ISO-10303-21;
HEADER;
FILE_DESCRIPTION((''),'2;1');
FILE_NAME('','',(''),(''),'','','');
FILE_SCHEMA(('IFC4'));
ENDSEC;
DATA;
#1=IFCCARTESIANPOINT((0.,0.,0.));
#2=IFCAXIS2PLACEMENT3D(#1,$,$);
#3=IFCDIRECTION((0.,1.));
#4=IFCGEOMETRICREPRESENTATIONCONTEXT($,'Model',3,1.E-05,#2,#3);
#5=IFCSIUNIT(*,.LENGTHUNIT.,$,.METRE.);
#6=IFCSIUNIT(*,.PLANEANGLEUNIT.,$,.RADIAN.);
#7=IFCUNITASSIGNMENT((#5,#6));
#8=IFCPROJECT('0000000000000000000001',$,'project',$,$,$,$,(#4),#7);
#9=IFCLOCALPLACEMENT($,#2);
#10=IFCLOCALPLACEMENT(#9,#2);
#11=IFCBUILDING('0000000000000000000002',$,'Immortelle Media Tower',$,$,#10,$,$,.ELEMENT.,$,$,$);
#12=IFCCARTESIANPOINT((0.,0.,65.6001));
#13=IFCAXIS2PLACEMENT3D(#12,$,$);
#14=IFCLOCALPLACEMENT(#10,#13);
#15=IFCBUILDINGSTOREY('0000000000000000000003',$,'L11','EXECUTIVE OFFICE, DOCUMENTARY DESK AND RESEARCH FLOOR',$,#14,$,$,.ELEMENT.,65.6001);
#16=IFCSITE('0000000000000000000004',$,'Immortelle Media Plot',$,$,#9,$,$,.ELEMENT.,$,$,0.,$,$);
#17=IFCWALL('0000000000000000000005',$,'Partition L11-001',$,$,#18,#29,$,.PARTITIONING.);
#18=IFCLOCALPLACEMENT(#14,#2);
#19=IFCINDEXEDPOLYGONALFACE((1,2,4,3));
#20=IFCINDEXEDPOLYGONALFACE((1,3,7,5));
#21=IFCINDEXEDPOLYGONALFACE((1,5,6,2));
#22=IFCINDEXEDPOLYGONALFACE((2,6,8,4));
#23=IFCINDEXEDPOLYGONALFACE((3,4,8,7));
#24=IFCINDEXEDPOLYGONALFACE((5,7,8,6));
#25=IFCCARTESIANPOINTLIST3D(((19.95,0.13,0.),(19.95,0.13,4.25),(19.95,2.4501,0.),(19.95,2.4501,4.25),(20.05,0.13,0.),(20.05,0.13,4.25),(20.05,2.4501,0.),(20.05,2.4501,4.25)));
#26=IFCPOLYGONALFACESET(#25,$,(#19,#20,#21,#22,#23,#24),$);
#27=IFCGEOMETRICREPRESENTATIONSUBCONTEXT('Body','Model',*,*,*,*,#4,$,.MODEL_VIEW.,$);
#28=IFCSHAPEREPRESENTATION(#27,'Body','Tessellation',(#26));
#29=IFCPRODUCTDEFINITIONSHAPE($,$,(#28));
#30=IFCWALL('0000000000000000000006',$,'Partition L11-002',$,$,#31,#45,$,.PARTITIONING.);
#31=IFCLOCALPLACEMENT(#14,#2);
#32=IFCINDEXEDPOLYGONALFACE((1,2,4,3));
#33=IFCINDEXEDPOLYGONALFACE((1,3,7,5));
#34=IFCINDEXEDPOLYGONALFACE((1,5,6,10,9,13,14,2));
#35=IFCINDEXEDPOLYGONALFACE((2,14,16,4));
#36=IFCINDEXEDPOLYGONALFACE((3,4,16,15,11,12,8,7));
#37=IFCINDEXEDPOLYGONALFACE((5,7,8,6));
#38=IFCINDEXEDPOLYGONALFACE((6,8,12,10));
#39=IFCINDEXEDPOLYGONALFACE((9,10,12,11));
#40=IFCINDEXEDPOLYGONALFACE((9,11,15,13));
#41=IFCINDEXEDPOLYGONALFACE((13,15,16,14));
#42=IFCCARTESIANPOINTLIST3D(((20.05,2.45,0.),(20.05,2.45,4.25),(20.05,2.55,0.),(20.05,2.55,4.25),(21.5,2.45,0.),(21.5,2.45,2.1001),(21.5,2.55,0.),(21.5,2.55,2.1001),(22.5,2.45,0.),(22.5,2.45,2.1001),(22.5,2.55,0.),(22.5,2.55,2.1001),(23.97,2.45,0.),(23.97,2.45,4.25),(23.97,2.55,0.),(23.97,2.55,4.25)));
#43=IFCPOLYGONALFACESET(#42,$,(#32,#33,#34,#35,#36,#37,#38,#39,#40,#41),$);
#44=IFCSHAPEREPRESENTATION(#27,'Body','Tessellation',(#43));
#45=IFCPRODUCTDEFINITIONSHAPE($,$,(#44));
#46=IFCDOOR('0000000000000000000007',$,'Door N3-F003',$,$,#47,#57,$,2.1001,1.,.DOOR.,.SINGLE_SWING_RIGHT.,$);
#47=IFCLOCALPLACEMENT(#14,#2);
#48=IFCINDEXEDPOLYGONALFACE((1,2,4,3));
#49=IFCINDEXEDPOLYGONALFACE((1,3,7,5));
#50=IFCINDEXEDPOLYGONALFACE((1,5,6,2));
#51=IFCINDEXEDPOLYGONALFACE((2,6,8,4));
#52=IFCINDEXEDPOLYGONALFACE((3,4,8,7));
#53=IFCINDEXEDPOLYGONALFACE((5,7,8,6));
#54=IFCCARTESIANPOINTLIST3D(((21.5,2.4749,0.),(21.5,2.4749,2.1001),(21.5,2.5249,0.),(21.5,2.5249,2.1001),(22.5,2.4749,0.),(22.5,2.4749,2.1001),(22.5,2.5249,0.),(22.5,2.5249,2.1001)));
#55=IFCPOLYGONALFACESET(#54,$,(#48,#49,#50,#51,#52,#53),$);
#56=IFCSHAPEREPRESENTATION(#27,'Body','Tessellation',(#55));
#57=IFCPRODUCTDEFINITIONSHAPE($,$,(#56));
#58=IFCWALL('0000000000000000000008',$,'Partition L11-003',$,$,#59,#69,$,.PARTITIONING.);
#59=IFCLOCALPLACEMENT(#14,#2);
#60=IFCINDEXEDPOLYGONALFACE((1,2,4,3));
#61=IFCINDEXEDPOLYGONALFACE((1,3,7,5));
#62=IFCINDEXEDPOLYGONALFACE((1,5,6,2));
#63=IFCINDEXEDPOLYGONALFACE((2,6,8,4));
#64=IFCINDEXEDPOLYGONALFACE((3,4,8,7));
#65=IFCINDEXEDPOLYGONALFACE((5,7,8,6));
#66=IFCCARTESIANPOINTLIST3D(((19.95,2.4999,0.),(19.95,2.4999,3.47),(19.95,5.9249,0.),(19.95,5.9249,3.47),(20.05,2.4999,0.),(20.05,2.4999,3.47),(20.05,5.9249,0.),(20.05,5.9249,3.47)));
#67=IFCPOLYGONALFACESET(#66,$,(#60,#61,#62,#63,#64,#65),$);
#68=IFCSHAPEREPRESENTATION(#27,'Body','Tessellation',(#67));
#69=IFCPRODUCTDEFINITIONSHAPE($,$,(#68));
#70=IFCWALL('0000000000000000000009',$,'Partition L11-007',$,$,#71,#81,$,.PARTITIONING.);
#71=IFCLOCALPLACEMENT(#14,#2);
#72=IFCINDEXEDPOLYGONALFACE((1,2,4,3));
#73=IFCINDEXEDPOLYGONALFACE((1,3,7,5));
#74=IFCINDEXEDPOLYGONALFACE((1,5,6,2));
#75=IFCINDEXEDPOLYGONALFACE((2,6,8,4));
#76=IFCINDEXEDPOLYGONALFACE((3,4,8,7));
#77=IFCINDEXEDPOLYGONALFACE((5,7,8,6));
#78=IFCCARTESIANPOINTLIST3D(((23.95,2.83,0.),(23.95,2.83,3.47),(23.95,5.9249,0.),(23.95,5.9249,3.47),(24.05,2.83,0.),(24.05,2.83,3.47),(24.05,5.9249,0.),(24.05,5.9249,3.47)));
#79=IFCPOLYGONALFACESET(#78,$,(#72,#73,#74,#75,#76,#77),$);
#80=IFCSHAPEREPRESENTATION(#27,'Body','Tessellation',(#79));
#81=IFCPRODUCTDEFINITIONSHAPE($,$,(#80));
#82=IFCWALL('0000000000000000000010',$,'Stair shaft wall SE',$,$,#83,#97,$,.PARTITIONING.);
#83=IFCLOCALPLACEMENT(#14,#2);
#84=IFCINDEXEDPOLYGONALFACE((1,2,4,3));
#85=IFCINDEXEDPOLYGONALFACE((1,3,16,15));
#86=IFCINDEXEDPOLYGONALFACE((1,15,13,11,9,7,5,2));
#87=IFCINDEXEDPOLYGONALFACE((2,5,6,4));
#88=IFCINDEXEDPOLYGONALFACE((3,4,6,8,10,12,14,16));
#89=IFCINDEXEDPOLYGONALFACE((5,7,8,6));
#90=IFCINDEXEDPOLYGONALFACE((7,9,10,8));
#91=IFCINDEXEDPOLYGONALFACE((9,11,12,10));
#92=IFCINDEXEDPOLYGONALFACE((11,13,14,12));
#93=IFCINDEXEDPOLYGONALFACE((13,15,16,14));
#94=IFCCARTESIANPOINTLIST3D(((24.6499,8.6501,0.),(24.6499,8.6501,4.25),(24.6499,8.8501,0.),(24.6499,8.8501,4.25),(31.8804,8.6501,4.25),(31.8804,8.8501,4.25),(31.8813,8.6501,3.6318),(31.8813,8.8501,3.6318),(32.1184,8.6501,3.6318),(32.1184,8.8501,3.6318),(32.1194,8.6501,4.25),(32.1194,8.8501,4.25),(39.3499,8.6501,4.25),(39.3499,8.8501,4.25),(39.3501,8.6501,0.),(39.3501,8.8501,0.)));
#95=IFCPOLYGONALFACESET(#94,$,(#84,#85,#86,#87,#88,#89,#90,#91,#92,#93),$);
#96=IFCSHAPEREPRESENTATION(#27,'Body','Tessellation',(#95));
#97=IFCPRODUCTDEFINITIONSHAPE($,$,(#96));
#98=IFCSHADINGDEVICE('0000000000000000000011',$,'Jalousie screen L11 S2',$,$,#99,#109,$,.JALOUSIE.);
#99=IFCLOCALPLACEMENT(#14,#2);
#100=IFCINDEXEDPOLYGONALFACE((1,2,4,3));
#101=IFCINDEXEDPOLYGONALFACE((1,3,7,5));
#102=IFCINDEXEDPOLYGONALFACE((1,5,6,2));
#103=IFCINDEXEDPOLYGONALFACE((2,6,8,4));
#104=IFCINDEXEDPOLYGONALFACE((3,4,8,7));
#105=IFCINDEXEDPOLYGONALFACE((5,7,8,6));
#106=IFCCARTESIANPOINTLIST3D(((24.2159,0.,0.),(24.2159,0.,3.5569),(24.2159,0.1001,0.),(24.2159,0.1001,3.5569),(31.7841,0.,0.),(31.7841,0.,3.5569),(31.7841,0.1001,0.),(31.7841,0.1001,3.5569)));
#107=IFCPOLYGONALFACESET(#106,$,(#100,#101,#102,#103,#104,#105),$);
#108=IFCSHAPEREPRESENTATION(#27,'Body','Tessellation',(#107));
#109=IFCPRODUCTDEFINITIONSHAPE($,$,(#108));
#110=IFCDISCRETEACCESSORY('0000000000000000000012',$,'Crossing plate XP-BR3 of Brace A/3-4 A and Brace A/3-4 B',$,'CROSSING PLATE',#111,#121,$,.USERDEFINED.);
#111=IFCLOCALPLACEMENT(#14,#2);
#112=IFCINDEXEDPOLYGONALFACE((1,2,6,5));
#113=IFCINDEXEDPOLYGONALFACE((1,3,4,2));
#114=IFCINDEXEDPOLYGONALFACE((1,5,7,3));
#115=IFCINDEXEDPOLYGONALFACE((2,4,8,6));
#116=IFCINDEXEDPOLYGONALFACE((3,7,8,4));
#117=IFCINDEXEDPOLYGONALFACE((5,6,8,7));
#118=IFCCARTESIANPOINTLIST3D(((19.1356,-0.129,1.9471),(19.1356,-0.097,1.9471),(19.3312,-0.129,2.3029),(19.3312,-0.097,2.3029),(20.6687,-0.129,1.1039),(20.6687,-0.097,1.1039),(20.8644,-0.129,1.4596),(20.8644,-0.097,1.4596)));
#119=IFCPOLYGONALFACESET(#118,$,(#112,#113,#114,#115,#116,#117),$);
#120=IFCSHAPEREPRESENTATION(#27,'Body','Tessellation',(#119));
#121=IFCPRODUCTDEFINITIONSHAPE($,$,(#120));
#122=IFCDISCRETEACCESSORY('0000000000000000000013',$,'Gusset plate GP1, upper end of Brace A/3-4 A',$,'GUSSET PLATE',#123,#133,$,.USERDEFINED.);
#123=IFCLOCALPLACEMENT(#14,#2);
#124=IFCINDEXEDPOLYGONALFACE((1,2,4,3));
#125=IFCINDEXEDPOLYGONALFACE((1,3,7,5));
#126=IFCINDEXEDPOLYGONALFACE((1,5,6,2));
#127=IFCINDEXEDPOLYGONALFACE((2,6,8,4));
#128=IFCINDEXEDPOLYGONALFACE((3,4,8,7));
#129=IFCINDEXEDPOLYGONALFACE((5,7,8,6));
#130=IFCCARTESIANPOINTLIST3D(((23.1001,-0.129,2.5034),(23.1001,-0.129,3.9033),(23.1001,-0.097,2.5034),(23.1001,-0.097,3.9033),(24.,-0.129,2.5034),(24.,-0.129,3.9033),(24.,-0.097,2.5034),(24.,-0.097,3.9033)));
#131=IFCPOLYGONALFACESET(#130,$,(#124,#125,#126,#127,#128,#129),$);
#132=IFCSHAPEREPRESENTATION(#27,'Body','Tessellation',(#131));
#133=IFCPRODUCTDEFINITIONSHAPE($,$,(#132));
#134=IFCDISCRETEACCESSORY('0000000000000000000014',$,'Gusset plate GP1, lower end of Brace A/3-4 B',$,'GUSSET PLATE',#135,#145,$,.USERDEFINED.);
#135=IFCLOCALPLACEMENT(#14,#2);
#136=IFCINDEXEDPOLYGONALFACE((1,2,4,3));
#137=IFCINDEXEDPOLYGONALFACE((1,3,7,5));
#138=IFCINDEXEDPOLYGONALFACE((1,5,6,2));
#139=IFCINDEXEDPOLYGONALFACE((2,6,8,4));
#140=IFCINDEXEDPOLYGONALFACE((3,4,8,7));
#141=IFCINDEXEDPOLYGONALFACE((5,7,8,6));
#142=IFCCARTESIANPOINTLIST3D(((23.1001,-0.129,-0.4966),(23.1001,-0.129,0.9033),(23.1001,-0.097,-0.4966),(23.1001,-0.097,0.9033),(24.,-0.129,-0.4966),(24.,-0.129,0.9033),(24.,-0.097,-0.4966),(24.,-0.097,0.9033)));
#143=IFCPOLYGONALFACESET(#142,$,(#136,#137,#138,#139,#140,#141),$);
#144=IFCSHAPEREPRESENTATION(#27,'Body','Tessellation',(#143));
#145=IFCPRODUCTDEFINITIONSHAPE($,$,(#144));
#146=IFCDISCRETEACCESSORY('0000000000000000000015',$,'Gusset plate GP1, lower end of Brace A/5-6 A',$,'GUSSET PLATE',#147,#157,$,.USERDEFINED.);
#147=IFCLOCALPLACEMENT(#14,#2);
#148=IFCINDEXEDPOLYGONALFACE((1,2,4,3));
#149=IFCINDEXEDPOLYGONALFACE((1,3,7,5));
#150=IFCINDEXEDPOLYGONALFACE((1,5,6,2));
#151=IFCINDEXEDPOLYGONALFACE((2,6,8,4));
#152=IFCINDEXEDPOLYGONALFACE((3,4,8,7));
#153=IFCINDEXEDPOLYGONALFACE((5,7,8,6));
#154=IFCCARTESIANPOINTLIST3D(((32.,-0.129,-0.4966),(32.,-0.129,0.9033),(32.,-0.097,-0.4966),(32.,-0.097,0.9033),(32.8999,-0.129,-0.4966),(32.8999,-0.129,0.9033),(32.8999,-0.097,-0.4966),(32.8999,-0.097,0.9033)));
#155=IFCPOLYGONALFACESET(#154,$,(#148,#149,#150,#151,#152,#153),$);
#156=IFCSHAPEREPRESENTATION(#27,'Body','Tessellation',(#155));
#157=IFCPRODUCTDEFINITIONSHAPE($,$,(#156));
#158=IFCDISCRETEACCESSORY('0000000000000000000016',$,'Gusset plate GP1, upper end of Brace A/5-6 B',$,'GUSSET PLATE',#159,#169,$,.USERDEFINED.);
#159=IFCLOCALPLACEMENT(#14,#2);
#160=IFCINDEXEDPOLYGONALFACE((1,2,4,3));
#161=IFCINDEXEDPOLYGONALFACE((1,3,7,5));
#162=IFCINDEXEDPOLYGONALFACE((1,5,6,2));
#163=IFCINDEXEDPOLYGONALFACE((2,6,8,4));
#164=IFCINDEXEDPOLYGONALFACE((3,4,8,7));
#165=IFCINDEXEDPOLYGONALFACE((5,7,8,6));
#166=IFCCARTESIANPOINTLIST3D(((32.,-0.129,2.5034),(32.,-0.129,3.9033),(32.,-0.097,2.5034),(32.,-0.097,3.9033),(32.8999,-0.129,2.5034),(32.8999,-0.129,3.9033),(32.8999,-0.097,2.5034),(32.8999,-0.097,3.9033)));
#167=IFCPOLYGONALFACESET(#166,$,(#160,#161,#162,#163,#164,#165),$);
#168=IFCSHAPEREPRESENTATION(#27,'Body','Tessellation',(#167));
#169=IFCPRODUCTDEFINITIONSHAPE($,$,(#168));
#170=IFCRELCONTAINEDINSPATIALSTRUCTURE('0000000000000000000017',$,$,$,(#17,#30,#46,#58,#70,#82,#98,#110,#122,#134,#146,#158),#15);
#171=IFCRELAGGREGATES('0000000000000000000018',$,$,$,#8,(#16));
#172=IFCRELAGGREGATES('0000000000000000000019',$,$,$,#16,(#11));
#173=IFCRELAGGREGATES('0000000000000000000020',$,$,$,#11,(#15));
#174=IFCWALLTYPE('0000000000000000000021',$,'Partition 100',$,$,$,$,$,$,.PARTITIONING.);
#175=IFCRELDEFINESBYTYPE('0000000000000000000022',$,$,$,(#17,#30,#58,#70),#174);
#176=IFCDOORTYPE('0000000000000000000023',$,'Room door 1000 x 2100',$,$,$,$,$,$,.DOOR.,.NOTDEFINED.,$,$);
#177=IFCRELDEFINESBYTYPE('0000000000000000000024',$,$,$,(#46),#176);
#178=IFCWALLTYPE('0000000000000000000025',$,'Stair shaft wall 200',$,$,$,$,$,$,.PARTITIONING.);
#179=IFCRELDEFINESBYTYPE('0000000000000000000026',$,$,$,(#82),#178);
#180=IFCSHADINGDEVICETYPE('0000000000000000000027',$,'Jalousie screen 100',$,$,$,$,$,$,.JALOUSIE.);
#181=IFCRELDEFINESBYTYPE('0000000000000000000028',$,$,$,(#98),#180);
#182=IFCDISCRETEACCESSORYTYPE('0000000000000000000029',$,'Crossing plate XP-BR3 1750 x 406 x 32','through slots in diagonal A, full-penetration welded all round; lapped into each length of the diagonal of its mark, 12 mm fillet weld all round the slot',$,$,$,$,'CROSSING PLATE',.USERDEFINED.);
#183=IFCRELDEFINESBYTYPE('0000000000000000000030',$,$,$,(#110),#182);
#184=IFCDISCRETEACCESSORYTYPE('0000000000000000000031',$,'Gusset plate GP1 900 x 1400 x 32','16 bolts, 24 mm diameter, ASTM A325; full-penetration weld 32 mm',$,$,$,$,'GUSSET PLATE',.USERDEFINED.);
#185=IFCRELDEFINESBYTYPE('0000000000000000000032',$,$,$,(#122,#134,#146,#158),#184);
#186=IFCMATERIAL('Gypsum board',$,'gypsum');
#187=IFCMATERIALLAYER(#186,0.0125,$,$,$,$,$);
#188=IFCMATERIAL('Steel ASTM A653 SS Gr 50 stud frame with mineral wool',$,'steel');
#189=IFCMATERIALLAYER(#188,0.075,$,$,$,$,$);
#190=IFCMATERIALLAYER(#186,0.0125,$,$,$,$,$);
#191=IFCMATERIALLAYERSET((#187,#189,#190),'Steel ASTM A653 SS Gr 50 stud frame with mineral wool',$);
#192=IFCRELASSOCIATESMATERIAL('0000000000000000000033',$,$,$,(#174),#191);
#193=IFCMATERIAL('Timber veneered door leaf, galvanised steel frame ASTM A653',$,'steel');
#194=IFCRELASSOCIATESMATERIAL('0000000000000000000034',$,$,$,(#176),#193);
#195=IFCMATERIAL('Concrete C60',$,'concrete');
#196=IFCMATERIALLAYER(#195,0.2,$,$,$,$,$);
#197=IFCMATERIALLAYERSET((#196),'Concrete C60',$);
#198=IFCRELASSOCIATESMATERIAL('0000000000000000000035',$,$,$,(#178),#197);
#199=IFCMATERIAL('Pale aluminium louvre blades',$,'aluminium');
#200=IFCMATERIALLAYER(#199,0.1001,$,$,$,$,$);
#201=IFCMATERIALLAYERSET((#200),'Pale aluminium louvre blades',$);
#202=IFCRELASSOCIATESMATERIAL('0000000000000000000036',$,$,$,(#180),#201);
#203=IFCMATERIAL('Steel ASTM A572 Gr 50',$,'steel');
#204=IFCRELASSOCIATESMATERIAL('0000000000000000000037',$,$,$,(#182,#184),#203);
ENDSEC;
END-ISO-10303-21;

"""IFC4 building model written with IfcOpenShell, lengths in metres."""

from ifc_helpers import new_model, si_unit, direction, frame, frame_2d, origin, origin_2d, place, context, subcontext, project, spatial, polyline, rectangle, outline, extrude, material, layer, layer_set, material_profile, profile_set, type_object, element, fill, save


model = new_model("IFC4")

# Units and contexts
model_context = context("Model", 3, precision=1e-05, world=origin(), true_north=direction((0.0, 1.0)))
body_context = subcontext(model_context, "Body", "Model", "MODEL_VIEW")
ifc_project = project(units=[si_unit("LENGTHUNIT", "METRE"), si_unit("PLANEANGLEUNIT", "RADIAN")], contexts=[model_context])

# Site, building, storey
site_placement = place(None, origin())
site = spatial("IfcSite", under=ifc_project, at=site_placement, Name="Immortelle Media Plot", CompositionType="ELEMENT", RefElevation=0.0)
building_placement = place(site_placement, origin())
building = spatial("IfcBuilding", under=site, at=building_placement, Name="Immortelle Media Tower", CompositionType="ELEMENT")
storey_placement = place(building_placement, frame((0.0, 0.0, 65.6001)))
storey = spatial("IfcBuildingStorey", under=building, at=storey_placement, Name="L11", Description="EXECUTIVE OFFICE, DOCUMENTARY DESK AND RESEARCH FLOOR", CompositionType="ELEMENT", Elevation=65.6001)

# Shared definitions
ifc_material_1 = material(Name="Steel ASTM A653 SS Gr 50 stud frame with mineral wool", Category="steel")

# Wall
ifc_material_2 = material(Name="Gypsum board", Category="gypsum")
ifc_layer_1 = layer(ifc_material_2, 0.0125)
ifc_layer_2 = layer(ifc_material_1, 0.075)
ifc_layer_3 = layer(ifc_material_2, 0.0125)
ifc_layer_set_1 = layer_set([ifc_layer_1, ifc_layer_2, ifc_layer_3], Name="Steel ASTM A653 SS Gr 50 stud frame with mineral wool")
wall_type_1 = type_object("IfcWallType", Name="Partition 100", PredefinedType="PARTITIONING", material=ifc_layer_set_1)
wall_1_placement = place(storey_placement, frame((20.0, 0.1299, 0.0), z_axis=(0.0, 0.0, 1.0), x_axis=(0.0, 1.0, 0.0)))
element("IfcWall", 1, at=wall_1_placement, inside=storey, type_object=wall_type_1, Name="Partition L11-001", PredefinedType="PARTITIONING", context=body_context, shape_type="SweptSolid", body=[
    extrude(rectangle(XDim=2.3201, YDim=0.1001, at=frame_2d((1.1602, 0.0))), origin(), (0.0, 0.0, 1.0), 4.25),
])

# Wall, opening, door
wall_2_placement = place(storey_placement, frame((20.05, 2.5, 0.0), z_axis=(0.0, 0.0, 1.0), x_axis=(1.0, 0.0, 0.0)))
wall_2 = element("IfcWall", 2, at=wall_2_placement, inside=storey, type_object=wall_type_1, Name="Partition L11-002", PredefinedType="PARTITIONING", context=body_context, shape_type="SweptSolid", body=[
    extrude(rectangle(XDim=3.9199, YDim=0.1001, at=frame_2d((1.96, 0.0))), origin(), (0.0, 0.0, 1.0), 4.25),
])
opening_1_placement = place(wall_2_placement, frame((1.45, 0.0, 0.0)))
opening_1 = element("IfcOpeningElement", 3, at=opening_1_placement, cuts=wall_2, PredefinedType="OPENING", context=body_context, shape_type="SweptSolid", body=[
    extrude(rectangle(XDim=1.0, YDim=2.1001, at=frame_2d((0.5, 1.05))), frame((0.0, 0.0601, 0.0), z_axis=(0.0, -1.0, 0.0), x_axis=(1.0, 0.0, 0.0)), (0.0, 0.0, 1.0), 0.1201),
])
ifc_material_3 = material(Name="Timber veneered door leaf, galvanised steel frame ASTM A653", Category="steel")
door_type_1 = type_object("IfcDoorType", Name="Room door 1000 x 2100", OperationType="NOTDEFINED", PredefinedType="DOOR", material=ifc_material_3)
door_1_placement = place(opening_1_placement, origin())
door_1 = element("IfcDoor", 4, at=door_1_placement, inside=storey, type_object=door_type_1, Name="Door N3-F003", OperationType="SINGLE_SWING_RIGHT", OverallHeight=2.1001, OverallWidth=1.0, PredefinedType="DOOR", context=body_context, shape_type="SweptSolid", body=[
    extrude(rectangle(XDim=1.0, YDim=2.1001, at=frame_2d((0.5, 1.05))), frame((0.0, 0.0249, 0.0), z_axis=(0.0, -1.0, 0.0), x_axis=(1.0, 0.0, 0.0)), (0.0, 0.0, 1.0), 0.05),
])
fill(opening_1, door_1)

# Walls
wall_3_placement = place(storey_placement, frame((20.0, 2.5, 0.0), z_axis=(0.0, 0.0, 1.0), x_axis=(0.0, 1.0, 0.0)))
element("IfcWall", 5, at=wall_3_placement, inside=storey, type_object=wall_type_1, Name="Partition L11-003", PredefinedType="PARTITIONING", context=body_context, shape_type="SweptSolid", body=[
    extrude(rectangle(XDim=3.425, YDim=0.1001, at=frame_2d((1.7124, 0.0))), origin(), (0.0, 0.0, 1.0), 3.47),
])
wall_4_placement = place(storey_placement, frame((24.0, 2.8301, 0.0), z_axis=(0.0, 0.0, 1.0), x_axis=(0.0, 1.0, 0.0)))
element("IfcWall", 6, at=wall_4_placement, inside=storey, type_object=wall_type_1, Name="Partition L11-007", PredefinedType="PARTITIONING", context=body_context, shape_type="SweptSolid", body=[
    extrude(rectangle(XDim=3.095, YDim=0.1001, at=frame_2d((1.5474, 0.0))), origin(), (0.0, 0.0, 1.0), 3.47),
])
ifc_material_4 = material(Name="Concrete C60", Category="concrete")
ifc_layer_4 = layer(ifc_material_4, 0.2)
ifc_layer_set_2 = layer_set([ifc_layer_4], Name="Concrete C60")
wall_type_2 = type_object("IfcWallType", Name="Stair shaft wall 200", PredefinedType="PARTITIONING", material=ifc_layer_set_2)
wall_5_placement = place(storey_placement, frame((24.6499, 8.75, 0.0), z_axis=(0.0, 0.0, 1.0), x_axis=(1.0, 0.0, 0.0)))
element("IfcWall", 7, at=wall_5_placement, inside=storey, type_object=wall_type_2, Name="Stair shaft wall SE", PredefinedType="PARTITIONING", context=body_context, shape_type="SweptSolid", body=[
    extrude(outline(polyline([(0.0, 0.0), (14.7002, 0.0), (14.7, 4.25), (7.4695, 4.25), (7.4685, 3.6318), (7.2314, 3.6318), (7.2305, 4.25), (0.0, 4.25), (0.0, 0.0)])), frame((0.0, 0.1001, 0.0), z_axis=(0.0, -1.0, 0.0), x_axis=(1.0, 0.0, 0.0)), (0.0, 0.0, 1.0), 0.2),
])

# Shading device
ifc_material_5 = material(Name="Pale aluminium louvre blades", Category="aluminium")
ifc_layer_5 = layer(ifc_material_5, 0.1001)
ifc_layer_set_3 = layer_set([ifc_layer_5], Name="Pale aluminium louvre blades")
shading_device_type = type_object("IfcShadingDeviceType", Name="Jalousie screen 100", PredefinedType="JALOUSIE", material=ifc_layer_set_3)
shading_device_placement = place(storey_placement, frame((28.0, 0.05, 0.0), z_axis=(0.0, 0.0, 1.0), x_axis=(1.0, 0.0, 0.0)))
element("IfcShadingDevice", 8, at=shading_device_placement, inside=storey, type_object=shading_device_type, Name="Jalousie screen L11 S2", PredefinedType="JALOUSIE", context=body_context, shape_type="SweptSolid", body=[
    extrude(rectangle(XDim=7.5681, YDim=0.1001, at=origin_2d()), origin(), (0.0, 0.0, 1.0), 3.5569),
])

# Discrete accessories
ifc_material_6 = material(Name="Steel ASTM A572 Gr 50", Category="steel")
ifc_material_profile_1 = material_profile(ifc_material_6, rectangle(XDim=0.032, YDim=0.406, at=origin_2d()), Name="PL 32 x 406")
ifc_profile_set_1 = profile_set([ifc_material_profile_1], Name="Steel ASTM A572 Gr 50")
discrete_accessory_type_1 = type_object("IfcDiscreteAccessoryType", Name="Crossing plate XP-BR3 1750 x 406 x 32", Description="through slots in diagonal A, full-penetration welded all round; lapped into each length of the diagonal of its mark, 12 mm fillet weld all round the slot", ElementType="CROSSING PLATE", PredefinedType="USERDEFINED", material=ifc_profile_set_1)
discrete_accessory_placement = place(storey_placement, frame((19.2334, -0.113, 2.125), z_axis=(0.876216, 0.0, -0.481919), x_axis=(0.0, 1.0, 0.0)))
element("IfcDiscreteAccessory", 9, at=discrete_accessory_placement, inside=storey, type_object=discrete_accessory_type_1, Name="Crossing plate XP-BR3 of Brace A/3-4 A and Brace A/3-4 B", ObjectType="CROSSING PLATE", PredefinedType="USERDEFINED", context=body_context, shape_type="SweptSolid", body=[
    extrude(rectangle(XDim=0.032, YDim=0.406, at=origin_2d()), origin(), (0.0, 0.0, 1.0), 1.7498),
])
ifc_material_profile_2 = material_profile(ifc_material_6, rectangle(XDim=0.032, YDim=1.3999, at=origin_2d()), Name="PL 32 x 1400")
ifc_profile_set_2 = profile_set([ifc_material_profile_2], Name="Steel ASTM A572 Gr 50")
discrete_accessory_type_2 = type_object("IfcDiscreteAccessoryType", Name="Gusset plate GP1 900 x 1400 x 32", Description="16 bolts, 24 mm diameter, ASTM A325; full-penetration weld 32 mm", ElementType="GUSSET PLATE", PredefinedType="USERDEFINED", material=ifc_profile_set_2)
for number, where, z_axis, x_axis, name in (
    (10, (24.0, -0.113, 3.2034), (-1.0, 0.0, 0.0), (0.0, -1.0, 0.0), "Gusset plate GP1, upper end of Brace A/3-4 A"),
    (11, (24.0, -0.113, 0.2034), (-1.0, 0.0, 0.0), (0.0, -1.0, 0.0), "Gusset plate GP1, lower end of Brace A/3-4 B"),
    (12, (32.0, -0.113, 0.2034), (1.0, 0.0, 0.0), (0.0, 1.0, 0.0), "Gusset plate GP1, lower end of Brace A/5-6 A"),
    (13, (32.0, -0.113, 3.2034), (1.0, 0.0, 0.0), (0.0, 1.0, 0.0), "Gusset plate GP1, upper end of Brace A/5-6 B"),
):
    element("IfcDiscreteAccessory", number, at=place(storey_placement, frame(where, z_axis=z_axis, x_axis=x_axis)), inside=storey, type_object=discrete_accessory_type_2, Name=name, ObjectType="GUSSET PLATE", PredefinedType="USERDEFINED", context=body_context, shape_type="SweptSolid", body=[
        extrude(rectangle(XDim=0.032, YDim=1.3999, at=origin_2d()), origin(), (0.0, 0.0, 1.0), 0.8999),
    ])

save(model, "model.ifc")
